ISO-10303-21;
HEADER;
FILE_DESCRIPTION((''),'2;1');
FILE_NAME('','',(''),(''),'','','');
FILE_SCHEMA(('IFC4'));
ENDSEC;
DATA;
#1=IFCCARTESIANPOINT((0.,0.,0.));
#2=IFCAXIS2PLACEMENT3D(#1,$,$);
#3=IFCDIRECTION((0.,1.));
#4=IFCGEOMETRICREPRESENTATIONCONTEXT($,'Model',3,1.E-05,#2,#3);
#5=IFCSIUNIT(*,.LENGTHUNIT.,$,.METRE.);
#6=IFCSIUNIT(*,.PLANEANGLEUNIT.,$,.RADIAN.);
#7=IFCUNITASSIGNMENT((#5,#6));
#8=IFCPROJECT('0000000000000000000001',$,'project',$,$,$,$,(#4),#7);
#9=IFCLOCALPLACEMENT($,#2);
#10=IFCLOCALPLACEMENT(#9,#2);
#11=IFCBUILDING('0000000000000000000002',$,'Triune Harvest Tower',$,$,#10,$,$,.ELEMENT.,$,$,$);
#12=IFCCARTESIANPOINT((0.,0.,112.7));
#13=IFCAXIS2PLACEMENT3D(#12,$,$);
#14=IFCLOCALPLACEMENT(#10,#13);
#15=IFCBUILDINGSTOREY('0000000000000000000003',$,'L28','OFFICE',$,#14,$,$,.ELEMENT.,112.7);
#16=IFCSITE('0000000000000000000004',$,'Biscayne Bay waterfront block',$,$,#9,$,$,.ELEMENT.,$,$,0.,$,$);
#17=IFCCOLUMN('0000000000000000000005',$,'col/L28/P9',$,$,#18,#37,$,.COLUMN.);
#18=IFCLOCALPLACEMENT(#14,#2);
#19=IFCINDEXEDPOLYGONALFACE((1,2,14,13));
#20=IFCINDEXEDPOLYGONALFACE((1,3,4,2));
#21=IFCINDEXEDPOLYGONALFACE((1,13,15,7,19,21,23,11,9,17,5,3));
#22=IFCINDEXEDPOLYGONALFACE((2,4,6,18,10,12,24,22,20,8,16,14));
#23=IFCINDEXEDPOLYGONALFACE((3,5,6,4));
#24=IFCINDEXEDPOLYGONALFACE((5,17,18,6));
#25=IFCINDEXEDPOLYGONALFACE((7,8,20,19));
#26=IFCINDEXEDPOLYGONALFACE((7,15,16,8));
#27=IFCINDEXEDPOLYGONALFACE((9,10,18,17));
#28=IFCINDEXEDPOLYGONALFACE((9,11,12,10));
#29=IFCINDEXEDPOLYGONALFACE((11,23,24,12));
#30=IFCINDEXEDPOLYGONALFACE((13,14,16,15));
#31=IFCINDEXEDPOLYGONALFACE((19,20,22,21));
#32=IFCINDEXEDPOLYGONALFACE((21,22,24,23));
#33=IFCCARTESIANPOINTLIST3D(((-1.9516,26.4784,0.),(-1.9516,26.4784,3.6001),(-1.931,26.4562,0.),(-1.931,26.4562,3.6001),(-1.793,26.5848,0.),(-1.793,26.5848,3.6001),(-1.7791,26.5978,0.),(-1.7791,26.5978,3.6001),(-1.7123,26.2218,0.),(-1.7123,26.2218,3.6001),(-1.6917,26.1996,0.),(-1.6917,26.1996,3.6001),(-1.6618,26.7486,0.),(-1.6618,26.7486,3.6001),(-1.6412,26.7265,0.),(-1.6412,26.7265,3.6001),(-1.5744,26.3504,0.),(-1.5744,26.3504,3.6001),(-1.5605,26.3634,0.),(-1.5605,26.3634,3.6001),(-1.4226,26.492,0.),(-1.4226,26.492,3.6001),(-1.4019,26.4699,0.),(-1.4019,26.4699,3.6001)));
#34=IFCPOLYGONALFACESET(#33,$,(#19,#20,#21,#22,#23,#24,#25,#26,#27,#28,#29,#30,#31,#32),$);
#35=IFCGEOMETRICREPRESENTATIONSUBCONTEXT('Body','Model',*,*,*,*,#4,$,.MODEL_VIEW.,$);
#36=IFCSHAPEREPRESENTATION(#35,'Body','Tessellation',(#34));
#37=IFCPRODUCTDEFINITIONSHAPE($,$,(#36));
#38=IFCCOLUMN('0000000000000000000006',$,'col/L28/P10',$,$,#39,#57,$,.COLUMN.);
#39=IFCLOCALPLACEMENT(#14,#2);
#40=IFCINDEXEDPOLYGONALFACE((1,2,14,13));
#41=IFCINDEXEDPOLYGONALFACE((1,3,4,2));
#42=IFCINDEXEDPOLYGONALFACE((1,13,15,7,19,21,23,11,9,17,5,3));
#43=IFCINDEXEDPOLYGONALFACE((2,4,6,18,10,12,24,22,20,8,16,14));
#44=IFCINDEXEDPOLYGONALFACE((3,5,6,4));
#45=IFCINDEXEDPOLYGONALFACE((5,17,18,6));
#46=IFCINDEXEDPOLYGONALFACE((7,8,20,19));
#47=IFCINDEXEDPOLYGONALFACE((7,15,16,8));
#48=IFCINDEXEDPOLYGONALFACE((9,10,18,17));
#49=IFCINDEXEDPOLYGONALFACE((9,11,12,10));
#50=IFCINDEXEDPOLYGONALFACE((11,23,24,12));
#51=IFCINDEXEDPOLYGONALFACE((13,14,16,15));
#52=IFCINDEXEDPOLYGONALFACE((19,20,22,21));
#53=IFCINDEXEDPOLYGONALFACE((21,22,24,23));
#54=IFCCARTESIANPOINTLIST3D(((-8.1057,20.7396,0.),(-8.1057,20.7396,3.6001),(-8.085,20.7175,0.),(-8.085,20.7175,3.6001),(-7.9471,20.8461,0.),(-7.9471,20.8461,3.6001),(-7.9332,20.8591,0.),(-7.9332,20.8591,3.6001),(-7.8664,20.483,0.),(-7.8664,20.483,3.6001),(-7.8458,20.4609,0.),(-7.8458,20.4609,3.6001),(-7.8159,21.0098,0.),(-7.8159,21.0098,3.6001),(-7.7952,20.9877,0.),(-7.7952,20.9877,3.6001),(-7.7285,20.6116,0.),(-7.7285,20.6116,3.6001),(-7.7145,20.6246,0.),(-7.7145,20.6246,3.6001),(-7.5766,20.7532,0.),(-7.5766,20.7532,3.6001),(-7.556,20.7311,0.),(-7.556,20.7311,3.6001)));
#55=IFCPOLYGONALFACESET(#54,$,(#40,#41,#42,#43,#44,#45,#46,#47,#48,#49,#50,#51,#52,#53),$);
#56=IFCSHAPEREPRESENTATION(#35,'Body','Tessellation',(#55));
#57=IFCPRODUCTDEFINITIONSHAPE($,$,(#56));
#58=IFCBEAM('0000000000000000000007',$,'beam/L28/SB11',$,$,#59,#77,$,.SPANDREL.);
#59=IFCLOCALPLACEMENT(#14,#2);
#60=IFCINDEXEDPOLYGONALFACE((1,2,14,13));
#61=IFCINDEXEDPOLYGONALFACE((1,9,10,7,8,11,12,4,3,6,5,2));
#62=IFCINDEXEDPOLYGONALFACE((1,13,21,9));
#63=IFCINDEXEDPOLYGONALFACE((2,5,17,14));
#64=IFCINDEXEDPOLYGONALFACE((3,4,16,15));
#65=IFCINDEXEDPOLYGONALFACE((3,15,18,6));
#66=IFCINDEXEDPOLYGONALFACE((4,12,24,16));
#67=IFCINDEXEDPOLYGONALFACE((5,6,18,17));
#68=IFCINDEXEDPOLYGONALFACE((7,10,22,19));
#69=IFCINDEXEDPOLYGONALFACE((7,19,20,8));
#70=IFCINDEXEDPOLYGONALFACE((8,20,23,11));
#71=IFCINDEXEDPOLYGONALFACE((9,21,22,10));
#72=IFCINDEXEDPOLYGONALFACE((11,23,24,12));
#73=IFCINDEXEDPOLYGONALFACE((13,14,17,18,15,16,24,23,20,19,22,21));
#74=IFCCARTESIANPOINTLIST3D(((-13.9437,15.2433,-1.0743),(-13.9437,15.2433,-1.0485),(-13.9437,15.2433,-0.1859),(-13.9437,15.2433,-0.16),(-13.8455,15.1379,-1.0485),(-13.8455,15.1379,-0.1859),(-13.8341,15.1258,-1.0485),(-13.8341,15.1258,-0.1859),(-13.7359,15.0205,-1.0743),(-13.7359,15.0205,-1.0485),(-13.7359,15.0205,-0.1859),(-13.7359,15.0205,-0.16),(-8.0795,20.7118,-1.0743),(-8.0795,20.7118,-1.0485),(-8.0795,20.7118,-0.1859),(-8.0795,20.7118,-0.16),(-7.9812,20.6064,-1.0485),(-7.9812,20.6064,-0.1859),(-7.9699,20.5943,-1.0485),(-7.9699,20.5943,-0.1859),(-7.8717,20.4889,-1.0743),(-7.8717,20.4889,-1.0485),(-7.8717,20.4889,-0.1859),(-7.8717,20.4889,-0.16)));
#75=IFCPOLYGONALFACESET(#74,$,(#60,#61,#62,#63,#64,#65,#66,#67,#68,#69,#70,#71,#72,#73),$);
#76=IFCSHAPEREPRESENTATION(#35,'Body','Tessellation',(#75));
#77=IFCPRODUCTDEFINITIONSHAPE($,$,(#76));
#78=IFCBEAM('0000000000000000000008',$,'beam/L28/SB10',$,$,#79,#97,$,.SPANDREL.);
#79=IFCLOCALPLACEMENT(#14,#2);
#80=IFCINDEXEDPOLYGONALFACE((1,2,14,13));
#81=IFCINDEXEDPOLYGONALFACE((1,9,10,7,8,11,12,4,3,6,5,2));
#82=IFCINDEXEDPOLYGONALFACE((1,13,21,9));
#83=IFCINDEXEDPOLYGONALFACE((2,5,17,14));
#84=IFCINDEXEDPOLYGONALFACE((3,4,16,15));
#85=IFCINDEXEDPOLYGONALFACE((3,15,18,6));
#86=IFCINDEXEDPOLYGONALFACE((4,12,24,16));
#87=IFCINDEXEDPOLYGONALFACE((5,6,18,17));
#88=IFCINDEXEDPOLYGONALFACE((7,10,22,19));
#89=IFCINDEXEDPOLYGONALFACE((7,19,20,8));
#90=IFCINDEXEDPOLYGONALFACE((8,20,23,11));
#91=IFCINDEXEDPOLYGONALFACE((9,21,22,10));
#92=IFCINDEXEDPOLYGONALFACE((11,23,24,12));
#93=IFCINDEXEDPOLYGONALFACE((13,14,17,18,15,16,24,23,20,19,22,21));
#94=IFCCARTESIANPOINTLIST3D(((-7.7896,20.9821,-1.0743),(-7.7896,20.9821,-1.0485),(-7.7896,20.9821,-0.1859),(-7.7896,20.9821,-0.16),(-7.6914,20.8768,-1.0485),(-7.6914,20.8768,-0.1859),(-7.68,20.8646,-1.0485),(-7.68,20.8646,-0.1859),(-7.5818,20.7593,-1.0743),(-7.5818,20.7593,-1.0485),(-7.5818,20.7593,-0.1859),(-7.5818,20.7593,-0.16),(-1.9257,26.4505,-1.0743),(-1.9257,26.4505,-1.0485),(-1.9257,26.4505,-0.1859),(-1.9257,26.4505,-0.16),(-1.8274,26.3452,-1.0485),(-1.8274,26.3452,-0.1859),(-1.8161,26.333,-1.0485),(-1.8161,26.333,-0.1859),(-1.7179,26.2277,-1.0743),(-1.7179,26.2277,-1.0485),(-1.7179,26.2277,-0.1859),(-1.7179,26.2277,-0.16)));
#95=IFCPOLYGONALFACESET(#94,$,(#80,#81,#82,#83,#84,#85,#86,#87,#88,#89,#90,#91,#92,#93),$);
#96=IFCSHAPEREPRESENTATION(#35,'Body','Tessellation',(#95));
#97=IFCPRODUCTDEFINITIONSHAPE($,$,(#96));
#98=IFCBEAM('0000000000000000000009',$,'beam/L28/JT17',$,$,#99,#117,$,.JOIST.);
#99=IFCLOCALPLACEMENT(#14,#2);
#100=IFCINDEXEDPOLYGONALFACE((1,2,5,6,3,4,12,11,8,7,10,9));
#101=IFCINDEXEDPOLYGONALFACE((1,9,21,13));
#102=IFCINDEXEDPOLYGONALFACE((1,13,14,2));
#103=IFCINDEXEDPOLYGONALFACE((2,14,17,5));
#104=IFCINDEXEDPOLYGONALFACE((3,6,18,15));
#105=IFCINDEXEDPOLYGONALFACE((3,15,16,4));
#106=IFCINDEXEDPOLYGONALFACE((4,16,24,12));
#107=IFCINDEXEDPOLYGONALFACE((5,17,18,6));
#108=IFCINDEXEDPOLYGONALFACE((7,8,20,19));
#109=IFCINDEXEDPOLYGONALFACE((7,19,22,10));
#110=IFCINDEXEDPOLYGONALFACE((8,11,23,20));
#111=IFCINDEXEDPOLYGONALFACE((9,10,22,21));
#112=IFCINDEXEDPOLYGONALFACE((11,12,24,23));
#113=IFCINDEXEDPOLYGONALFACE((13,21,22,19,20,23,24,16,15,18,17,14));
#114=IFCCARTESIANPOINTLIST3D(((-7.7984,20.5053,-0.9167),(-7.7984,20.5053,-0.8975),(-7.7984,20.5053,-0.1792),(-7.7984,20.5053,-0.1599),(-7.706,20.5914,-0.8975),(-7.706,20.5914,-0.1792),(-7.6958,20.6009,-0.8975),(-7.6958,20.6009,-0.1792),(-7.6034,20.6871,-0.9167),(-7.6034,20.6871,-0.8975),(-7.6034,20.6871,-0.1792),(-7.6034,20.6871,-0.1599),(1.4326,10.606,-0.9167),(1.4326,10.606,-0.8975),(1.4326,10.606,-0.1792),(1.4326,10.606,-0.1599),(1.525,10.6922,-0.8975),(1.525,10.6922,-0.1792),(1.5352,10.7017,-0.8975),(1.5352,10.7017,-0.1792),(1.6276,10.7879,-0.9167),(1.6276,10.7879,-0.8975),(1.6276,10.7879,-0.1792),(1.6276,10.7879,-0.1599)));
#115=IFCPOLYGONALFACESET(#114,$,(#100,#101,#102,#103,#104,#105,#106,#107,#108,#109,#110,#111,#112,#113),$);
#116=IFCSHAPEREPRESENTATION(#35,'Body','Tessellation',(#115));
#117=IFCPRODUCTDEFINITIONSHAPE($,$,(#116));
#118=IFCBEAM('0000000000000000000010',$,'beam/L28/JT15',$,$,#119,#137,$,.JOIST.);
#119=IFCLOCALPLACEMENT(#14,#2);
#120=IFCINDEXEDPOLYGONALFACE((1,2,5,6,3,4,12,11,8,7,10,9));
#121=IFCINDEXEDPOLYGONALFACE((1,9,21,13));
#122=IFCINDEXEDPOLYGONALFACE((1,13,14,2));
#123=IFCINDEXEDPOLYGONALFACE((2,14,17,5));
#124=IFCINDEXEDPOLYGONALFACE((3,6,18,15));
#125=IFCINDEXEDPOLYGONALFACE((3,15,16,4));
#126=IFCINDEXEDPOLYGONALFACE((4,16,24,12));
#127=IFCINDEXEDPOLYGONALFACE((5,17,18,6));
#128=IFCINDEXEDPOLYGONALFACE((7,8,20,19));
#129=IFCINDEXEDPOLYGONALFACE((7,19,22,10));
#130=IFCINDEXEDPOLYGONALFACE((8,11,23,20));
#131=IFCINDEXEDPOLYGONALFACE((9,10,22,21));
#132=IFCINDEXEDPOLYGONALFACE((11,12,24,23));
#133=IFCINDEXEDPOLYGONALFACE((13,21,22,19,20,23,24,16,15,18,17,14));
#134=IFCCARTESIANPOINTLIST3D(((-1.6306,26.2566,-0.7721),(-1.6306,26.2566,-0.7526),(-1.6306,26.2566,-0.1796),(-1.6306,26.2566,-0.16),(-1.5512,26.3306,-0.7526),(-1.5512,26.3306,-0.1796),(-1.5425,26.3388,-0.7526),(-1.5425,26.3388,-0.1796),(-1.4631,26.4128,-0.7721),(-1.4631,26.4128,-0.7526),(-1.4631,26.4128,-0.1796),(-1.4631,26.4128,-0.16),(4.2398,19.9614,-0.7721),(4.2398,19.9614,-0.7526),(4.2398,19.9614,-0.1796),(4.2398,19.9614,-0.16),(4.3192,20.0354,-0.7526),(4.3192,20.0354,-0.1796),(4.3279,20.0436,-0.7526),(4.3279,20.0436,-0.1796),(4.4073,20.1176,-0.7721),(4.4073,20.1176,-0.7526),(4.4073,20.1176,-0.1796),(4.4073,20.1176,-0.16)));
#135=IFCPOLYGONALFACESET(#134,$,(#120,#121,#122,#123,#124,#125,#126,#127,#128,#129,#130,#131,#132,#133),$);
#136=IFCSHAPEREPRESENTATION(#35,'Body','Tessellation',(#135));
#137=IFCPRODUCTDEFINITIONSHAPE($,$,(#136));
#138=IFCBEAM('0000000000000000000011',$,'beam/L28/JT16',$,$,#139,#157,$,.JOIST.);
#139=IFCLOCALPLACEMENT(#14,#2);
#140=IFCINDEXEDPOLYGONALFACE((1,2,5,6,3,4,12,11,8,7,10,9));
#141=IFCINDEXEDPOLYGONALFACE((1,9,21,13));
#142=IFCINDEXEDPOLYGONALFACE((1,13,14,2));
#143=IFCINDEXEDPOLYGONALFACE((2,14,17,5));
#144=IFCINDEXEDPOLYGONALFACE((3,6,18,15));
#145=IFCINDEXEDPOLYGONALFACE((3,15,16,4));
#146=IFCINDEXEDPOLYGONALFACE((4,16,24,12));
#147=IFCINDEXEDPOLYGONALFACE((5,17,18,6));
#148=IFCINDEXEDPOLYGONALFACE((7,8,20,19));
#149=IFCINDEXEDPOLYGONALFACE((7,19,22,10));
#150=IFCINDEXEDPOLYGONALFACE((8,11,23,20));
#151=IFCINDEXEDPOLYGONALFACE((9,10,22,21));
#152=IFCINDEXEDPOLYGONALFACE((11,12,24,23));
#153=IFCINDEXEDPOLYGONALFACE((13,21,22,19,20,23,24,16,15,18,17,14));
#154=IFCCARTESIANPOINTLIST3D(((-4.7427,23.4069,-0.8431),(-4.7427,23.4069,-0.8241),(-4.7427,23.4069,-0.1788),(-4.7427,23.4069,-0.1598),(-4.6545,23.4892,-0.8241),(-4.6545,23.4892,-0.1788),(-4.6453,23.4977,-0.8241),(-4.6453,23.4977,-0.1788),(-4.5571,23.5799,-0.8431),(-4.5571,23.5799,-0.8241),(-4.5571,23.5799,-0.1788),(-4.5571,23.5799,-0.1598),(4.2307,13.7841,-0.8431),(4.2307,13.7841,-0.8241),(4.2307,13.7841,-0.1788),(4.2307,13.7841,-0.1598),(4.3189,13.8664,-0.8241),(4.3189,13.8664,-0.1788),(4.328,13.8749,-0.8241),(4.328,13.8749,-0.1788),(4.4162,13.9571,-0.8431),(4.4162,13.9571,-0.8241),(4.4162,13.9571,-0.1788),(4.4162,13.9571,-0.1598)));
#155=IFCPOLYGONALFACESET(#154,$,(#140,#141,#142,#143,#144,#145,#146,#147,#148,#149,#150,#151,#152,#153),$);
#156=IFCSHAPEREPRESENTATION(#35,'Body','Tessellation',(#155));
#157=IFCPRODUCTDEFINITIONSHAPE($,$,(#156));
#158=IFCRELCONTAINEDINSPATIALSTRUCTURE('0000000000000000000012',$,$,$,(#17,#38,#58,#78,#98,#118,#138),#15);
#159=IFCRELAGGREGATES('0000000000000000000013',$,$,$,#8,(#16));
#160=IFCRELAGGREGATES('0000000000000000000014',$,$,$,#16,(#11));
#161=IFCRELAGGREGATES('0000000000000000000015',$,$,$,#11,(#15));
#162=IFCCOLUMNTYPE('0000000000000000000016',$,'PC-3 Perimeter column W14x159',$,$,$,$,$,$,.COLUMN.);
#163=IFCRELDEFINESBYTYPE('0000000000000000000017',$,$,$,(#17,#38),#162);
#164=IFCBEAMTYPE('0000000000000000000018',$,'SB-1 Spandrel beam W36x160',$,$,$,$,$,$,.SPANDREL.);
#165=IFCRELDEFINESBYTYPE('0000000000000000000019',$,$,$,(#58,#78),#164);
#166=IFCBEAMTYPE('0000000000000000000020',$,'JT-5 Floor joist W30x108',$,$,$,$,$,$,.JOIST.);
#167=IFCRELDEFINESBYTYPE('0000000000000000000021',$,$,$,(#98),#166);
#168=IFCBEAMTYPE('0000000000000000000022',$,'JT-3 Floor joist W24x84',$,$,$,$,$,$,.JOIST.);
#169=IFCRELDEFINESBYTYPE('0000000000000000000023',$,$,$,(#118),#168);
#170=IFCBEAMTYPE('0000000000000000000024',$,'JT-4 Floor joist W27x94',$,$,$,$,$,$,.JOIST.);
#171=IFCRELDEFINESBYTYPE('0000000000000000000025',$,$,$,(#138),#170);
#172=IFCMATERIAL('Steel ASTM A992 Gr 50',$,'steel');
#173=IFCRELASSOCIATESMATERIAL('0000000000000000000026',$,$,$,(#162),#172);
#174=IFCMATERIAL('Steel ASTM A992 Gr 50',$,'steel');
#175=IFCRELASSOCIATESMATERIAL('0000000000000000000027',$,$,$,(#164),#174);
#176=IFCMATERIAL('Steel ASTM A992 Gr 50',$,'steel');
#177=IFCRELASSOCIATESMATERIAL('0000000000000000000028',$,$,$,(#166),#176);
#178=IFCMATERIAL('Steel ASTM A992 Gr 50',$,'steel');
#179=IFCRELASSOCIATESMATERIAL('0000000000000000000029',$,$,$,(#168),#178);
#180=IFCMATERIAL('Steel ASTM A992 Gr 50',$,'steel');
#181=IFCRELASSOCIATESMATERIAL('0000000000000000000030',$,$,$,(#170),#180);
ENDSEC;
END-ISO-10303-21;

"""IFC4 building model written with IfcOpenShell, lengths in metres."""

from ifc_helpers import new_model, si_unit, direction, frame, origin, origin_2d, place, context, subcontext, project, spatial, i_section, extrude, source, transform, mapped, material, material_profile, profile_set, type_object, element, save


model = new_model("IFC4")

# Units and contexts
model_context = context("Model", 3, precision=1e-05, world=origin(), true_north=direction((0.0, 1.0)))
body_context = subcontext(model_context, "Body", "Model", "MODEL_VIEW")
ifc_project = project(units=[si_unit("LENGTHUNIT", "METRE"), si_unit("PLANEANGLEUNIT", "RADIAN")], contexts=[model_context])

# Site, building, storey
site_placement = place(None, origin())
site = spatial("IfcSite", under=ifc_project, at=site_placement, Name="Biscayne Bay waterfront block", CompositionType="ELEMENT", RefElevation=0.0)
building_placement = place(site_placement, origin())
building = spatial("IfcBuilding", under=site, at=building_placement, Name="Triune Harvest Tower", CompositionType="ELEMENT")
storey_placement = place(building_placement, frame((0.0, 0.0, 112.7)))
storey = spatial("IfcBuildingStorey", under=building, at=storey_placement, Name="L28", Description="OFFICE", CompositionType="ELEMENT", Elevation=112.7)

# Columns
ifc_material_1 = material(Name="Steel ASTM A992 Gr 50", Category="steel")
ifc_material_profile_1 = material_profile(ifc_material_1, i_section(OverallWidth=0.3962, OverallDepth=0.3811, WebThickness=0.019, FlangeThickness=0.0303, at=origin_2d()), Name="W14x159")
ifc_profile_set_1 = profile_set([ifc_material_profile_1], Name="Steel ASTM A992 Gr 50")
column_type = type_object("IfcColumnType", Name="PC-3 Perimeter column W14x159", PredefinedType="COLUMN", material=ifc_profile_set_1)
shared_shape_1 = source(origin(), body_context, "Body", "SweptSolid", [
    extrude(i_section(OverallWidth=0.3962, OverallDepth=0.3811, WebThickness=0.019, FlangeThickness=0.0303, at=origin_2d()), origin(), (0.0, 0.0, 1.0), 3.6001),
])
for number, where, z_axis, x_axis, name in (
    (1, (-1.6768, 26.4741, 0.0), (0.0, 0.0, 1.0), (-0.731355, -0.681997, 0.0), "col/L28/P9"),
    (2, (-7.8308, 20.7354, 0.0), (0.0, 0.0, 1.0), (-0.731355, -0.681997, 0.0), "col/L28/P10"),
):
    element("IfcColumn", number, at=place(storey_placement, frame(where, z_axis=z_axis, x_axis=x_axis)), inside=storey, type_object=column_type, Name=name, PredefinedType="COLUMN", context=body_context, shape_type="MappedRepresentation", body=[
        mapped(shared_shape_1, transform((0.0, 0.0, 0.0), scale=1.0)),
    ])

# Beams
ifc_material_2 = material(Name="Steel ASTM A992 Gr 50", Category="steel")
ifc_material_profile_2 = material_profile(ifc_material_2, i_section(OverallWidth=0.3047, OverallDepth=0.9143, WebThickness=0.0166, FlangeThickness=0.0259, at=origin_2d()), Name="W36x160")
ifc_profile_set_2 = profile_set([ifc_material_profile_2], Name="Steel ASTM A992 Gr 50")
beam_type_1 = type_object("IfcBeamType", Name="SB-1 Spandrel beam W36x160", PredefinedType="SPANDREL", material=ifc_profile_set_2)
shared_shape_2 = source(origin(), body_context, "Body", "SweptSolid", [
    extrude(i_section(OverallWidth=0.3047, OverallDepth=0.9143, WebThickness=0.0166, FlangeThickness=0.0259, at=origin_2d()), origin(), (0.0, 0.0, 1.0), 8.0183),
])
beam_1_placement = place(storey_placement, frame((-7.9756, 20.6003, -0.6172), z_axis=(-0.731354, -0.681998, 0.0), x_axis=(0.681998, -0.731354, 0.0)))
element("IfcBeam", 3, at=beam_1_placement, inside=storey, type_object=beam_type_1, Name="beam/L28/SB11", PredefinedType="SPANDREL", context=body_context, shape_type="MappedRepresentation", body=[
    mapped(shared_shape_2, transform((0.0, 0.0, 0.0), scale=1.0)),
])
shared_shape_3 = source(origin(), body_context, "Body", "SweptSolid", [
    extrude(i_section(OverallWidth=0.3047, OverallDepth=0.9143, WebThickness=0.0166, FlangeThickness=0.0259, at=origin_2d()), origin(), (0.0, 0.0, 1.0), 8.0181),
])
beam_2_placement = place(storey_placement, frame((-1.8218, 26.3391, -0.6172), z_axis=(-0.73134, -0.682013, 0.0), x_axis=(0.682013, -0.73134, 0.0)))
element("IfcBeam", 4, at=beam_2_placement, inside=storey, type_object=beam_type_1, Name="beam/L28/SB10", PredefinedType="SPANDREL", context=body_context, shape_type="MappedRepresentation", body=[
    mapped(shared_shape_3, transform((0.0, 0.0, 0.0), scale=1.0)),
])
ifc_material_3 = material(Name="Steel ASTM A992 Gr 50", Category="steel")
ifc_material_profile_3 = material_profile(ifc_material_3, i_section(OverallWidth=0.2666, OverallDepth=0.7568, WebThickness=0.0139, FlangeThickness=0.0193, at=origin_2d()), Name="W30x108")
ifc_profile_set_3 = profile_set([ifc_material_profile_3], Name="Steel ASTM A992 Gr 50")
beam_type_2 = type_object("IfcBeamType", Name="JT-5 Floor joist W30x108", PredefinedType="JOIST", material=ifc_profile_set_3)
shared_shape_4 = source(origin(), body_context, "Body", "SweptSolid", [
    extrude(i_section(OverallWidth=0.2666, OverallDepth=0.7568, WebThickness=0.0139, FlangeThickness=0.0193, at=origin_2d()), origin(), (0.0, 0.0, 1.0), 13.5354),
])
beam_3_placement = place(storey_placement, frame((-7.7009, 20.5962, -0.5383), z_axis=(0.681992, -0.73136, 0.0), x_axis=(0.73136, 0.681992, 0.0)))
element("IfcBeam", 5, at=beam_3_placement, inside=storey, type_object=beam_type_2, Name="beam/L28/JT17", PredefinedType="JOIST", context=body_context, shape_type="MappedRepresentation", body=[
    mapped(shared_shape_4, transform((0.0, 0.0, 0.0), scale=1.0)),
])
ifc_material_4 = material(Name="Steel ASTM A992 Gr 50", Category="steel")
ifc_material_profile_4 = material_profile(ifc_material_4, i_section(OverallWidth=0.229, OverallDepth=0.6121, WebThickness=0.012, FlangeThickness=0.0195, at=origin_2d()), Name="W24x84")
ifc_profile_set_4 = profile_set([ifc_material_profile_4], Name="Steel ASTM A992 Gr 50")
beam_type_3 = type_object("IfcBeamType", Name="JT-3 Floor joist W24x84", PredefinedType="JOIST", material=ifc_profile_set_4)
shared_shape_5 = source(origin(), body_context, "Body", "SweptSolid", [
    extrude(i_section(OverallWidth=0.229, OverallDepth=0.6121, WebThickness=0.012, FlangeThickness=0.0195, at=origin_2d()), origin(), (0.0, 0.0, 1.0), 8.6077),
])
beam_4_placement = place(storey_placement, frame((-1.5469, 26.3347, -0.4661), z_axis=(0.682, -0.731352, 0.0), x_axis=(0.731352, 0.682, 0.0)))
element("IfcBeam", 6, at=beam_4_placement, inside=storey, type_object=beam_type_3, Name="beam/L28/JT15", PredefinedType="JOIST", context=body_context, shape_type="MappedRepresentation", body=[
    mapped(shared_shape_5, transform((0.0, 0.0, 0.0), scale=1.0)),
])
ifc_material_5 = material(Name="Steel ASTM A992 Gr 50", Category="steel")
ifc_material_profile_5 = material_profile(ifc_material_5, i_section(OverallWidth=0.2537, OverallDepth=0.6833, WebThickness=0.0125, FlangeThickness=0.019, at=origin_2d()), Name="W27x94")
ifc_profile_set_5 = profile_set([ifc_material_profile_5], Name="Steel ASTM A992 Gr 50")
beam_type_4 = type_object("IfcBeamType", Name="JT-4 Floor joist W27x94", PredefinedType="JOIST", material=ifc_profile_set_5)
shared_shape_6 = source(origin(), body_context, "Body", "SweptSolid", [
    extrude(i_section(OverallWidth=0.2537, OverallDepth=0.6833, WebThickness=0.0125, FlangeThickness=0.019, at=origin_2d()), origin(), (0.0, 0.0, 1.0), 13.1575),
])
beam_5_placement = place(storey_placement, frame((-4.6499, 23.4934, -0.5015), z_axis=(0.681998, -0.731354, 0.0), x_axis=(0.731354, 0.681998, 0.0)))
element("IfcBeam", 7, at=beam_5_placement, inside=storey, type_object=beam_type_4, Name="beam/L28/JT16", PredefinedType="JOIST", context=body_context, shape_type="MappedRepresentation", body=[
    mapped(shared_shape_6, transform((0.0, 0.0, 0.0), scale=1.0)),
])

save(model, "model.ifc")
